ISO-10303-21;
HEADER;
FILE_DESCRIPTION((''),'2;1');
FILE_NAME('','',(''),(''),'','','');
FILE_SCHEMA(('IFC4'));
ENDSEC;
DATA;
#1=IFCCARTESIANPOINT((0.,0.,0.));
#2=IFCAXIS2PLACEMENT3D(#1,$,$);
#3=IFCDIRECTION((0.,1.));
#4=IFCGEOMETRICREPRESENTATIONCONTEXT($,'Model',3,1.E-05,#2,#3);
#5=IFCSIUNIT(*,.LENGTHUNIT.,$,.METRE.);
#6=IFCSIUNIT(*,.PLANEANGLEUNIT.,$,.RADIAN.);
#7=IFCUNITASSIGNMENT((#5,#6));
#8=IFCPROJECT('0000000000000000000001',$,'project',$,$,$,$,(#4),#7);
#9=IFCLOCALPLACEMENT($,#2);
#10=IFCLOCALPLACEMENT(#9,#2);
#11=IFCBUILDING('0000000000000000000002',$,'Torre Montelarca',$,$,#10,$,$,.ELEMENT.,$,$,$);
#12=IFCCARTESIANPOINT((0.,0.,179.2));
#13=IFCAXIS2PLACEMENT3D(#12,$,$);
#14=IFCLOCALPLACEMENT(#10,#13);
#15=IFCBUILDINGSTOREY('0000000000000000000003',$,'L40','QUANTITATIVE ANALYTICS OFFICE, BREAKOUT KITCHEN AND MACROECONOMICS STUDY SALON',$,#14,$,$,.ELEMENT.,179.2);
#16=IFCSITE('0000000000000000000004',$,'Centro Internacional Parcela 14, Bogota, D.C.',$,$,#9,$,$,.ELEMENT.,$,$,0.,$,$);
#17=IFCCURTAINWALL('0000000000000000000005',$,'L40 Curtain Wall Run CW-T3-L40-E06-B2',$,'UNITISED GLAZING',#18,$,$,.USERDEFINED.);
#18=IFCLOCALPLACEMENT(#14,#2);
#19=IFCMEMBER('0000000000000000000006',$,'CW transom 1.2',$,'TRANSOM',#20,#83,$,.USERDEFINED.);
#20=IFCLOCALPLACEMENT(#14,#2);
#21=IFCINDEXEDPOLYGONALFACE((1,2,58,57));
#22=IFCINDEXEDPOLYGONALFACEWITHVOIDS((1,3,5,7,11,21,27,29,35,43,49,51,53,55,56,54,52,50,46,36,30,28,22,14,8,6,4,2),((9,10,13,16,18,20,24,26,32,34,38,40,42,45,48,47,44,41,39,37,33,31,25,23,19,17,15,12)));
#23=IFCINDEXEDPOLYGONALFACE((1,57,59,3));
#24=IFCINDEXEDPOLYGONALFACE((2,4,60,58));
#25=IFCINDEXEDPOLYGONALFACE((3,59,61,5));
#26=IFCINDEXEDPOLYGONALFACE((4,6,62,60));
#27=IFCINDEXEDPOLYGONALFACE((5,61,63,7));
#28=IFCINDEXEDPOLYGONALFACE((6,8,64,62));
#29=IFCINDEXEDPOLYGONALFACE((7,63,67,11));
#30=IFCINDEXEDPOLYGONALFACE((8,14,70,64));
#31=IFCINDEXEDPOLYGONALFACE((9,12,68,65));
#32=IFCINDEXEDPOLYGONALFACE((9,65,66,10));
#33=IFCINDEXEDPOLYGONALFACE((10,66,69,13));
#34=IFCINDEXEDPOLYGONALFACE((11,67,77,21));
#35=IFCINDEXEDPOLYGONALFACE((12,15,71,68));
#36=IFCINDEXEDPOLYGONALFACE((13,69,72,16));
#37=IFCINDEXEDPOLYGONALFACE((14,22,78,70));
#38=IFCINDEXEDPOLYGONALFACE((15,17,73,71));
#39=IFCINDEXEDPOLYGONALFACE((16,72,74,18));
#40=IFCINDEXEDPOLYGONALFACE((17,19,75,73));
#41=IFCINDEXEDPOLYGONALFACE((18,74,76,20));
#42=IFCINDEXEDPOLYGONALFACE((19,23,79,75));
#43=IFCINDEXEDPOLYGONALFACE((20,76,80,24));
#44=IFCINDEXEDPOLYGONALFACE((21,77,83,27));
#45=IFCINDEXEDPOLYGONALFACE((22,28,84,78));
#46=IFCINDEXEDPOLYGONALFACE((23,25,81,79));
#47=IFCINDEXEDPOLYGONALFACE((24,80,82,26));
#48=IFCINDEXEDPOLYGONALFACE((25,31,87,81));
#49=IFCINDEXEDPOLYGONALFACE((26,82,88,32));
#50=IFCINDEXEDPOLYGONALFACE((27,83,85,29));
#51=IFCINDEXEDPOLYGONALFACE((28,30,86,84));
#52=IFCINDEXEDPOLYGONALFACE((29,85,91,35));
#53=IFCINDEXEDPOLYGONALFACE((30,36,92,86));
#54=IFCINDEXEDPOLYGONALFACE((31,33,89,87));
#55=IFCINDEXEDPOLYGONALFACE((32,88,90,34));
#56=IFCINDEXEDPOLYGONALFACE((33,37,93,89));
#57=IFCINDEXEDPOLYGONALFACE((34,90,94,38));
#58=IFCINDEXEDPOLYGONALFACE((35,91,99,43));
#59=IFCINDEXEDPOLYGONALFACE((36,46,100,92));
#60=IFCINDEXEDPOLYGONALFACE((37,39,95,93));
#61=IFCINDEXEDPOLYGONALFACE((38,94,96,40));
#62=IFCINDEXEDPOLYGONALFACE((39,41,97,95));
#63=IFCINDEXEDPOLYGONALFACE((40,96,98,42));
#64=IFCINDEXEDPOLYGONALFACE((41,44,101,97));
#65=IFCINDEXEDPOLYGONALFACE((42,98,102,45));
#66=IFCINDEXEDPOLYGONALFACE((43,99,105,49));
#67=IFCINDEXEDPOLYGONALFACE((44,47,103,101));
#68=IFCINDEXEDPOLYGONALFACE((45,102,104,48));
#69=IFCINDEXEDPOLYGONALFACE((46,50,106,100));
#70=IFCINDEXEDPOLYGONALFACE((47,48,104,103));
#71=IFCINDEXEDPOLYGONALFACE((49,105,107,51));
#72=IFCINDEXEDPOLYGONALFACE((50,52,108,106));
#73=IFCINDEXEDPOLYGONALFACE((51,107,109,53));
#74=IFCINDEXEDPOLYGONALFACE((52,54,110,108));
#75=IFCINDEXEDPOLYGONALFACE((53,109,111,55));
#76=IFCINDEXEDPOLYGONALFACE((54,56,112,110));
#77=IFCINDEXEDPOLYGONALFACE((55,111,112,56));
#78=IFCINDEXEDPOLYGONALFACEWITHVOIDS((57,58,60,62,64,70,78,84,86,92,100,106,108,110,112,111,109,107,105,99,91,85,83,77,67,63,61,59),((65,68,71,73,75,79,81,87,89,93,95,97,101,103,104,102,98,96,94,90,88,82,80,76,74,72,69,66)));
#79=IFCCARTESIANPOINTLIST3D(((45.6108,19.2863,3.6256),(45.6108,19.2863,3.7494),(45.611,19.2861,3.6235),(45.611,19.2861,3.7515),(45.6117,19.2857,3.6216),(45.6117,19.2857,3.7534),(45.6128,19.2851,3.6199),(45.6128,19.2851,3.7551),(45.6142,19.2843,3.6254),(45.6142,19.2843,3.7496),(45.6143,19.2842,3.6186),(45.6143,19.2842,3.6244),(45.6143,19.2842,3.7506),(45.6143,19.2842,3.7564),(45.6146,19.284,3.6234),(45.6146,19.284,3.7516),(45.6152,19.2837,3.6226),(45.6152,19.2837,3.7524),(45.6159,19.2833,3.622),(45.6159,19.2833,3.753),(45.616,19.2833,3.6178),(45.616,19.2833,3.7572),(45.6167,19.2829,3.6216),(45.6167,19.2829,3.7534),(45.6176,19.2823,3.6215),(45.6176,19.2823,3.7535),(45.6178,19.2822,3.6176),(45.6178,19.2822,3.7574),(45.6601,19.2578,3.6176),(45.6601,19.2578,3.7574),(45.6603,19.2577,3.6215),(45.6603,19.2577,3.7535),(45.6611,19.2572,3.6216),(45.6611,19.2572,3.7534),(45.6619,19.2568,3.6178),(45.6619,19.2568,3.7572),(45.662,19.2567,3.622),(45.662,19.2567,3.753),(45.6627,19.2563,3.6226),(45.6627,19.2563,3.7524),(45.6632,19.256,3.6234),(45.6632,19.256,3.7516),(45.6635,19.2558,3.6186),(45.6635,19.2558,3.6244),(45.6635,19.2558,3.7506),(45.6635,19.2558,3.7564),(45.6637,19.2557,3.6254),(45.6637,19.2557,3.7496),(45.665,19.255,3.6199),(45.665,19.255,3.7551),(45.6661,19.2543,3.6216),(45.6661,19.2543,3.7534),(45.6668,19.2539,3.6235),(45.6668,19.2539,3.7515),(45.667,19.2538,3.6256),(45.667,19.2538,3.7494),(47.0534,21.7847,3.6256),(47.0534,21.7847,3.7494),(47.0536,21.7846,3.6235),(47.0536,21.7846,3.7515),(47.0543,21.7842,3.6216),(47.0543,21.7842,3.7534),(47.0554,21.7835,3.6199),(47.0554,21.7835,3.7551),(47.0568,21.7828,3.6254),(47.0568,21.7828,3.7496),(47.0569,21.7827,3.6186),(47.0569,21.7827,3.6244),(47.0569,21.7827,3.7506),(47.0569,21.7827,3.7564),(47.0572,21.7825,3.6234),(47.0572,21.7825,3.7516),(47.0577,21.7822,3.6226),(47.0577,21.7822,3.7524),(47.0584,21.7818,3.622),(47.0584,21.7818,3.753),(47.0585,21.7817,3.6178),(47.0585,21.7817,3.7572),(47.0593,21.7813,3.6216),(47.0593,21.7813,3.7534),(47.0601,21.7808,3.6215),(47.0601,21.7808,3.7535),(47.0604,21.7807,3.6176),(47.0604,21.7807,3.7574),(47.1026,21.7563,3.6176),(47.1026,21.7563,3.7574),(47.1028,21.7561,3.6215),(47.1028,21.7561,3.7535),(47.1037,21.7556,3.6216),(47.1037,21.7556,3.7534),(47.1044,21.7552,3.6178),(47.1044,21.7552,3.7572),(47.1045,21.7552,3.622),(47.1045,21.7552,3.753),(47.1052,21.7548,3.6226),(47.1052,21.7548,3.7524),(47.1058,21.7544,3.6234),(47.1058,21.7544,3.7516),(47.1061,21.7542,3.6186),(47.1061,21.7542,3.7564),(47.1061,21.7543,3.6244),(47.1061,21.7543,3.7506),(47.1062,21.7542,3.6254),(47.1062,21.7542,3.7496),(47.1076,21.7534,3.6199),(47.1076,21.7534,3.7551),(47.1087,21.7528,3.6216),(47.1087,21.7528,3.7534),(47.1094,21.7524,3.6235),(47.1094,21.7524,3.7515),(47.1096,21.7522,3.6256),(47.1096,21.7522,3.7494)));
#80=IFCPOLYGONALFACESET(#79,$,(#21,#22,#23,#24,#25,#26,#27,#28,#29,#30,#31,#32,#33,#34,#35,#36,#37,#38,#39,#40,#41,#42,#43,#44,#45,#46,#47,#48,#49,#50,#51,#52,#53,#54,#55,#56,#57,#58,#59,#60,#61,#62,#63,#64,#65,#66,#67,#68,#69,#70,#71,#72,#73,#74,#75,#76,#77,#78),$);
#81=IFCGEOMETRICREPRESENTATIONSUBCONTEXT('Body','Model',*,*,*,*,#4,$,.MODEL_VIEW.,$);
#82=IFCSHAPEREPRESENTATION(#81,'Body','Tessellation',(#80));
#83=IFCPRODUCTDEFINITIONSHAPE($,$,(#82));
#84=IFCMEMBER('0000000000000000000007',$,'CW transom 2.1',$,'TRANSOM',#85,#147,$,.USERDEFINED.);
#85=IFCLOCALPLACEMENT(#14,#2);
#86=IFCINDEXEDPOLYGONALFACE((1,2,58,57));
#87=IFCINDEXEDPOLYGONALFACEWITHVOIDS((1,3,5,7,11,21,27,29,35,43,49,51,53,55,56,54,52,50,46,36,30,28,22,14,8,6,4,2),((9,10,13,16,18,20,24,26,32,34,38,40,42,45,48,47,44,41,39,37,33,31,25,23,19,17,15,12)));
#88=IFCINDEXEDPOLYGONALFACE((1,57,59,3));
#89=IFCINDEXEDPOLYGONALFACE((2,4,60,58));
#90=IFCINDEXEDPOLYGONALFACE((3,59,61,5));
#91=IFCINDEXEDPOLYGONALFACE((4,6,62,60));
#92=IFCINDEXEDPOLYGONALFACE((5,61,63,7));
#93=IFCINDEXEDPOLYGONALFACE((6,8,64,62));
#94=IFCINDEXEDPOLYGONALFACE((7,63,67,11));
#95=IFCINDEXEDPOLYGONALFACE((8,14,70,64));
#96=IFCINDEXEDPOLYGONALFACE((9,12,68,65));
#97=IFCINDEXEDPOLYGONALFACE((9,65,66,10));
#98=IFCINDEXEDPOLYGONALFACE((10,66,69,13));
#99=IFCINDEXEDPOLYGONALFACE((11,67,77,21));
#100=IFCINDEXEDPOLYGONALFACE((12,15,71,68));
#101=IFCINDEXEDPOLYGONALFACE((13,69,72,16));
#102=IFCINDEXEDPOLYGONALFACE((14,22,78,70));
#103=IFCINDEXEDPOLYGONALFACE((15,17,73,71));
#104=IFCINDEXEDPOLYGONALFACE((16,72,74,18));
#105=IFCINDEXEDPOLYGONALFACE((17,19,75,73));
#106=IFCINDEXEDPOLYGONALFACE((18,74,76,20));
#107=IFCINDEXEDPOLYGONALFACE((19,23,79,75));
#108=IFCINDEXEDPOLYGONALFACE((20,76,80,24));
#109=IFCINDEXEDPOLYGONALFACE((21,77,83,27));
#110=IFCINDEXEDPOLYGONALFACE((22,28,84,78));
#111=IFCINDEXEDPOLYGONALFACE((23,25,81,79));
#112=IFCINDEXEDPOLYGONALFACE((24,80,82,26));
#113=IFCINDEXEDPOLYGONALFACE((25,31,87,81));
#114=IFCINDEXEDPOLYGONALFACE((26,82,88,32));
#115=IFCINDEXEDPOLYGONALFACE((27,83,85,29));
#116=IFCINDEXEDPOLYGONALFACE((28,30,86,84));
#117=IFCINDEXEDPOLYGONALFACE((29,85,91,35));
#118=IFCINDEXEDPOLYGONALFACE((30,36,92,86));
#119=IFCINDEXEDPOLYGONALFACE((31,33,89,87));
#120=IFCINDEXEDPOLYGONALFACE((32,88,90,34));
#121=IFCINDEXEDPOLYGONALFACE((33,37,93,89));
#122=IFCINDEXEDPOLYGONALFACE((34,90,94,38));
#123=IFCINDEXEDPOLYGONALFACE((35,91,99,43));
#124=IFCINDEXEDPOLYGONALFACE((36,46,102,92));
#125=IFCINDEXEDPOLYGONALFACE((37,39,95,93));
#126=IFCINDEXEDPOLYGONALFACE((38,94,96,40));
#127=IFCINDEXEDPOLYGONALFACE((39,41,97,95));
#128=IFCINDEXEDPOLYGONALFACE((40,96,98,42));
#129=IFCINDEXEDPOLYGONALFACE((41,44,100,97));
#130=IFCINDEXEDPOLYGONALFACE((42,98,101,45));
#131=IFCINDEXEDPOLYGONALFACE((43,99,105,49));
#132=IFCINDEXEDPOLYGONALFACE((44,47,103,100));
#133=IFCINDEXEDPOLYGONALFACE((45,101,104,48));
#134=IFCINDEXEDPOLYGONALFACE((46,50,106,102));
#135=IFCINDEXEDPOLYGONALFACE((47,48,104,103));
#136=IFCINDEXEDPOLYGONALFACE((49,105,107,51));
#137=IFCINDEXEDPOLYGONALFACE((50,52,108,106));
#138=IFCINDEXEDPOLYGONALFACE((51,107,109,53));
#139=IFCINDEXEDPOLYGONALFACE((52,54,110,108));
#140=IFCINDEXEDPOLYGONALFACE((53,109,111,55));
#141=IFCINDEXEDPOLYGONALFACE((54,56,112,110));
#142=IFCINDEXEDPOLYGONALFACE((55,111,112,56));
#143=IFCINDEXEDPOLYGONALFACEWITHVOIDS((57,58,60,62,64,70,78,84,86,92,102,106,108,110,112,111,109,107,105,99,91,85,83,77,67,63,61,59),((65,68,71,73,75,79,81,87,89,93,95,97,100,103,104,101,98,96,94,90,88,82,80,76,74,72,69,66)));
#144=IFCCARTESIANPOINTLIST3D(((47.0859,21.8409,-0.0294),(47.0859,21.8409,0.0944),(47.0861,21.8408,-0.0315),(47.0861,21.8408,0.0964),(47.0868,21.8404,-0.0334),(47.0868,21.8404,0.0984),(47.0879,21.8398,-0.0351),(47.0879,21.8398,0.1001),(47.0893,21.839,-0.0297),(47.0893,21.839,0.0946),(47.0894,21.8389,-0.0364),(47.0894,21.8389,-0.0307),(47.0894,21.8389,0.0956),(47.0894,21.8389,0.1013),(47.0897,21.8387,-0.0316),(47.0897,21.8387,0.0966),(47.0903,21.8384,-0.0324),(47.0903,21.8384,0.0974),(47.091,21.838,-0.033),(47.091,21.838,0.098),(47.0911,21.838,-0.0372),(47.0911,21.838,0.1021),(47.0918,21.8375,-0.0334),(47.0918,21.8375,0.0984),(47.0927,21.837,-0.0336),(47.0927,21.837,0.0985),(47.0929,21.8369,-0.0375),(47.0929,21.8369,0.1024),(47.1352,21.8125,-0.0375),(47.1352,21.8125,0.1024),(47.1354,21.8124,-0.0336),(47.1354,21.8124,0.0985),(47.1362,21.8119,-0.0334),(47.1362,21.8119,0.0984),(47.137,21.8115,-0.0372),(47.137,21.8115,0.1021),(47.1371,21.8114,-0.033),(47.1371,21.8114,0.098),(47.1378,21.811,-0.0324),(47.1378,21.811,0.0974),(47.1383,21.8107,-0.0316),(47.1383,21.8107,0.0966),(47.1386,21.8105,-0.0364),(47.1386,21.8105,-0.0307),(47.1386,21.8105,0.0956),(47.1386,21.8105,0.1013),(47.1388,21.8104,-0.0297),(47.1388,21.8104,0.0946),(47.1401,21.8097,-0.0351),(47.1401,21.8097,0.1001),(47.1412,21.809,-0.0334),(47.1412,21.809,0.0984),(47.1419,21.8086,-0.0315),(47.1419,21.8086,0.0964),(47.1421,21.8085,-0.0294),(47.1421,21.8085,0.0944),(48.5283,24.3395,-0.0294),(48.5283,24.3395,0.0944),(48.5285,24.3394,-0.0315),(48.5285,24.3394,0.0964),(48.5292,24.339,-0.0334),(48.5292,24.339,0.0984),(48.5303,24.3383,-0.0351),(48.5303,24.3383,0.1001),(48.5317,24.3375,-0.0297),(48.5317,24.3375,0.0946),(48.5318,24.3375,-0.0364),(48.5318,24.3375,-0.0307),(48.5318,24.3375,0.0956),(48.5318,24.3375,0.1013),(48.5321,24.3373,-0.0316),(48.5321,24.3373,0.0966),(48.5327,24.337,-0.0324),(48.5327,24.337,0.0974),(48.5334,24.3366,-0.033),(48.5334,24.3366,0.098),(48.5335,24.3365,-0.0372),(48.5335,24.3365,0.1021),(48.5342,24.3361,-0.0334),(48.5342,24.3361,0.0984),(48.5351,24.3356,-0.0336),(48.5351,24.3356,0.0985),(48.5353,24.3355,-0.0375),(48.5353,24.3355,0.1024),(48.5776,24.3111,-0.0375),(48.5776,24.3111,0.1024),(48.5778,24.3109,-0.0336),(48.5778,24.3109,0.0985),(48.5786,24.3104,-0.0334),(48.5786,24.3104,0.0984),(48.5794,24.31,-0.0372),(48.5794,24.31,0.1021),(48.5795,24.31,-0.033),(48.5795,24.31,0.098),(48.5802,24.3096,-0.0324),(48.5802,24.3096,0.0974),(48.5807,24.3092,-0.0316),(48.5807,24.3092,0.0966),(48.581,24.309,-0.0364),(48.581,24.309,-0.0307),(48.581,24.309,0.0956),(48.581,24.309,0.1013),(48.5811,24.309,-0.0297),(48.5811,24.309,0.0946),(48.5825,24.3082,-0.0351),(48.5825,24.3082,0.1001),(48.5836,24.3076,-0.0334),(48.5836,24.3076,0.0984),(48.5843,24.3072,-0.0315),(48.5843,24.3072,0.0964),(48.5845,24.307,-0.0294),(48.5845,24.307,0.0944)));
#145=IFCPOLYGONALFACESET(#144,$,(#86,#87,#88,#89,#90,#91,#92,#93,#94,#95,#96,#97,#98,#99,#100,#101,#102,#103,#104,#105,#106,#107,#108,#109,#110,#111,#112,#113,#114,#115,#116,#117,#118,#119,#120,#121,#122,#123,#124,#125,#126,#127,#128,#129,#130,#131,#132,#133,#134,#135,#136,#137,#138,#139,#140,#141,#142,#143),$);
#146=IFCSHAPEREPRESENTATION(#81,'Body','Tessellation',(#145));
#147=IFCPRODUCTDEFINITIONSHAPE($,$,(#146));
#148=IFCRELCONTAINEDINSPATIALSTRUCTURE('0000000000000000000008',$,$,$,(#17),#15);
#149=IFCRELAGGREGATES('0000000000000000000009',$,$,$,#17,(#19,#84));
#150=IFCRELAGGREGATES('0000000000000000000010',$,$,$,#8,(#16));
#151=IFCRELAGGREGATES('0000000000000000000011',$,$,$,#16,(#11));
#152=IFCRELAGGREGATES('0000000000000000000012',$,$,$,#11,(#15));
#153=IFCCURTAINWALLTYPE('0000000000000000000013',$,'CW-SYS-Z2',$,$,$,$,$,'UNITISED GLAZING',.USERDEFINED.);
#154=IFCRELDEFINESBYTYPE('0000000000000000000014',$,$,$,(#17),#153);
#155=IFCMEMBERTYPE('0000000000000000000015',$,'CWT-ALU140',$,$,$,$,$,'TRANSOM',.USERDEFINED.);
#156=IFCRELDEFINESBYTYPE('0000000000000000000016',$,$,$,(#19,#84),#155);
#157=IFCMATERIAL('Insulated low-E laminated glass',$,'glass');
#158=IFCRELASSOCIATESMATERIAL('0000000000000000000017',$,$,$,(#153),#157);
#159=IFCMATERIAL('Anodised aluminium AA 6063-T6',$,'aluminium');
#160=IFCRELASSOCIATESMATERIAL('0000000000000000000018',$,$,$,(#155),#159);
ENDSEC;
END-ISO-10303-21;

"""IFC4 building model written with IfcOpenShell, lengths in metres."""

from ifc_helpers import new_model, si_unit, direction, frame, origin, origin_2d, place, context, subcontext, project, spatial, hollow_rectangle, extrude, source, transform, mapped, material, material_profile, profile_set, type_object, element, aggregate, save


model = new_model("IFC4")

# Units and contexts
model_context = context("Model", 3, precision=1e-05, world=origin(), true_north=direction((0.0, 1.0)))
body_context = subcontext(model_context, "Body", "Model", "MODEL_VIEW")
ifc_project = project(units=[si_unit("LENGTHUNIT", "METRE"), si_unit("PLANEANGLEUNIT", "RADIAN")], contexts=[model_context])

# Site, building, storey
site_placement = place(None, origin())
site = spatial("IfcSite", under=ifc_project, at=site_placement, Name="Centro Internacional Parcela 14, Bogota, D.C.", CompositionType="ELEMENT", RefElevation=0.0)
building_placement = place(site_placement, origin())
building = spatial("IfcBuilding", under=site, at=building_placement, Name="Torre Montelarca", CompositionType="ELEMENT")
storey_placement = place(building_placement, frame((0.0, 0.0, 179.2)))
storey = spatial("IfcBuildingStorey", under=building, at=storey_placement, Name="L40", Description="QUANTITATIVE ANALYTICS OFFICE, BREAKOUT KITCHEN AND MACROECONOMICS STUDY SALON", CompositionType="ELEMENT", Elevation=179.2)

# Curtain wall
ifc_material_1 = material(Name="Insulated low-E laminated glass", Category="glass")
curtain_wall_type = type_object("IfcCurtainWallType", Name="CW-SYS-Z2", ElementType="UNITISED GLAZING", PredefinedType="USERDEFINED", material=ifc_material_1)
ifc_material_2 = material(Name="Anodised aluminium AA 6063-T6", Category="aluminium")
ifc_material_profile_1 = material_profile(ifc_material_2, hollow_rectangle(XDim=0.0649, YDim=0.1399, WallThickness=0.0039, InnerFilletRadius=0.0039, OuterFilletRadius=0.0081, at=origin_2d()), Name="ALU65X140X4", Category="aluminium")
ifc_profile_set_1 = profile_set([ifc_material_profile_1], Name="Anodised aluminium AA 6063-T6")
member_type_1 = type_object("IfcMemberType", Name="CWT-ALU140", ElementType="TRANSOM", PredefinedType="USERDEFINED", material=ifc_profile_set_1)
curtain_wall_1_placement = place(storey_placement, origin())
curtain_wall_1 = element("IfcCurtainWall", 1, at=curtain_wall_1_placement, inside=storey, type_object=curtain_wall_type, Name="L40 Curtain Wall Run CW-T3-L40-E06-B2", ObjectType="UNITISED GLAZING", PredefinedType="USERDEFINED")

# Members
shared_shape_1 = source(origin(), body_context, "Body", "SweptSolid", [
    extrude(hollow_rectangle(XDim=0.0649, YDim=0.1399, WallThickness=0.0039, InnerFilletRadius=0.0039, OuterFilletRadius=0.0081, at=origin_2d()), origin(), (0.0, 0.0, 1.0), 2.885),
])
member_1_placement = place(storey_placement, frame((45.6389, 19.27, 3.6875), z_axis=(0.500025, 0.866011, 0.0), x_axis=(-0.866011, 0.500025, 0.0)))
member_1 = element("IfcMember", 2, at=member_1_placement, type_object=member_type_1, Name="CW transom 1.2", ObjectType="TRANSOM", PredefinedType="USERDEFINED", context=body_context, shape_type="MappedRepresentation", body=[
    mapped(shared_shape_1, transform((0.0, 0.0, 0.0), scale=1.0)),
])
member_2_placement = place(storey_placement, frame((47.114, 21.8247, 0.0325), z_axis=(0.499962, 0.866047, 0.0), x_axis=(-0.866047, 0.499962, 0.0)))
member_2 = element("IfcMember", 3, at=member_2_placement, type_object=member_type_1, Name="CW transom 2.1", ObjectType="TRANSOM", PredefinedType="USERDEFINED", context=body_context, shape_type="MappedRepresentation", body=[
    mapped(shared_shape_1, transform((0.0, 0.0, 0.0), scale=1.0)),
])

aggregate(curtain_wall_1, [member_1, member_2])

save(model, "model.ifc")
